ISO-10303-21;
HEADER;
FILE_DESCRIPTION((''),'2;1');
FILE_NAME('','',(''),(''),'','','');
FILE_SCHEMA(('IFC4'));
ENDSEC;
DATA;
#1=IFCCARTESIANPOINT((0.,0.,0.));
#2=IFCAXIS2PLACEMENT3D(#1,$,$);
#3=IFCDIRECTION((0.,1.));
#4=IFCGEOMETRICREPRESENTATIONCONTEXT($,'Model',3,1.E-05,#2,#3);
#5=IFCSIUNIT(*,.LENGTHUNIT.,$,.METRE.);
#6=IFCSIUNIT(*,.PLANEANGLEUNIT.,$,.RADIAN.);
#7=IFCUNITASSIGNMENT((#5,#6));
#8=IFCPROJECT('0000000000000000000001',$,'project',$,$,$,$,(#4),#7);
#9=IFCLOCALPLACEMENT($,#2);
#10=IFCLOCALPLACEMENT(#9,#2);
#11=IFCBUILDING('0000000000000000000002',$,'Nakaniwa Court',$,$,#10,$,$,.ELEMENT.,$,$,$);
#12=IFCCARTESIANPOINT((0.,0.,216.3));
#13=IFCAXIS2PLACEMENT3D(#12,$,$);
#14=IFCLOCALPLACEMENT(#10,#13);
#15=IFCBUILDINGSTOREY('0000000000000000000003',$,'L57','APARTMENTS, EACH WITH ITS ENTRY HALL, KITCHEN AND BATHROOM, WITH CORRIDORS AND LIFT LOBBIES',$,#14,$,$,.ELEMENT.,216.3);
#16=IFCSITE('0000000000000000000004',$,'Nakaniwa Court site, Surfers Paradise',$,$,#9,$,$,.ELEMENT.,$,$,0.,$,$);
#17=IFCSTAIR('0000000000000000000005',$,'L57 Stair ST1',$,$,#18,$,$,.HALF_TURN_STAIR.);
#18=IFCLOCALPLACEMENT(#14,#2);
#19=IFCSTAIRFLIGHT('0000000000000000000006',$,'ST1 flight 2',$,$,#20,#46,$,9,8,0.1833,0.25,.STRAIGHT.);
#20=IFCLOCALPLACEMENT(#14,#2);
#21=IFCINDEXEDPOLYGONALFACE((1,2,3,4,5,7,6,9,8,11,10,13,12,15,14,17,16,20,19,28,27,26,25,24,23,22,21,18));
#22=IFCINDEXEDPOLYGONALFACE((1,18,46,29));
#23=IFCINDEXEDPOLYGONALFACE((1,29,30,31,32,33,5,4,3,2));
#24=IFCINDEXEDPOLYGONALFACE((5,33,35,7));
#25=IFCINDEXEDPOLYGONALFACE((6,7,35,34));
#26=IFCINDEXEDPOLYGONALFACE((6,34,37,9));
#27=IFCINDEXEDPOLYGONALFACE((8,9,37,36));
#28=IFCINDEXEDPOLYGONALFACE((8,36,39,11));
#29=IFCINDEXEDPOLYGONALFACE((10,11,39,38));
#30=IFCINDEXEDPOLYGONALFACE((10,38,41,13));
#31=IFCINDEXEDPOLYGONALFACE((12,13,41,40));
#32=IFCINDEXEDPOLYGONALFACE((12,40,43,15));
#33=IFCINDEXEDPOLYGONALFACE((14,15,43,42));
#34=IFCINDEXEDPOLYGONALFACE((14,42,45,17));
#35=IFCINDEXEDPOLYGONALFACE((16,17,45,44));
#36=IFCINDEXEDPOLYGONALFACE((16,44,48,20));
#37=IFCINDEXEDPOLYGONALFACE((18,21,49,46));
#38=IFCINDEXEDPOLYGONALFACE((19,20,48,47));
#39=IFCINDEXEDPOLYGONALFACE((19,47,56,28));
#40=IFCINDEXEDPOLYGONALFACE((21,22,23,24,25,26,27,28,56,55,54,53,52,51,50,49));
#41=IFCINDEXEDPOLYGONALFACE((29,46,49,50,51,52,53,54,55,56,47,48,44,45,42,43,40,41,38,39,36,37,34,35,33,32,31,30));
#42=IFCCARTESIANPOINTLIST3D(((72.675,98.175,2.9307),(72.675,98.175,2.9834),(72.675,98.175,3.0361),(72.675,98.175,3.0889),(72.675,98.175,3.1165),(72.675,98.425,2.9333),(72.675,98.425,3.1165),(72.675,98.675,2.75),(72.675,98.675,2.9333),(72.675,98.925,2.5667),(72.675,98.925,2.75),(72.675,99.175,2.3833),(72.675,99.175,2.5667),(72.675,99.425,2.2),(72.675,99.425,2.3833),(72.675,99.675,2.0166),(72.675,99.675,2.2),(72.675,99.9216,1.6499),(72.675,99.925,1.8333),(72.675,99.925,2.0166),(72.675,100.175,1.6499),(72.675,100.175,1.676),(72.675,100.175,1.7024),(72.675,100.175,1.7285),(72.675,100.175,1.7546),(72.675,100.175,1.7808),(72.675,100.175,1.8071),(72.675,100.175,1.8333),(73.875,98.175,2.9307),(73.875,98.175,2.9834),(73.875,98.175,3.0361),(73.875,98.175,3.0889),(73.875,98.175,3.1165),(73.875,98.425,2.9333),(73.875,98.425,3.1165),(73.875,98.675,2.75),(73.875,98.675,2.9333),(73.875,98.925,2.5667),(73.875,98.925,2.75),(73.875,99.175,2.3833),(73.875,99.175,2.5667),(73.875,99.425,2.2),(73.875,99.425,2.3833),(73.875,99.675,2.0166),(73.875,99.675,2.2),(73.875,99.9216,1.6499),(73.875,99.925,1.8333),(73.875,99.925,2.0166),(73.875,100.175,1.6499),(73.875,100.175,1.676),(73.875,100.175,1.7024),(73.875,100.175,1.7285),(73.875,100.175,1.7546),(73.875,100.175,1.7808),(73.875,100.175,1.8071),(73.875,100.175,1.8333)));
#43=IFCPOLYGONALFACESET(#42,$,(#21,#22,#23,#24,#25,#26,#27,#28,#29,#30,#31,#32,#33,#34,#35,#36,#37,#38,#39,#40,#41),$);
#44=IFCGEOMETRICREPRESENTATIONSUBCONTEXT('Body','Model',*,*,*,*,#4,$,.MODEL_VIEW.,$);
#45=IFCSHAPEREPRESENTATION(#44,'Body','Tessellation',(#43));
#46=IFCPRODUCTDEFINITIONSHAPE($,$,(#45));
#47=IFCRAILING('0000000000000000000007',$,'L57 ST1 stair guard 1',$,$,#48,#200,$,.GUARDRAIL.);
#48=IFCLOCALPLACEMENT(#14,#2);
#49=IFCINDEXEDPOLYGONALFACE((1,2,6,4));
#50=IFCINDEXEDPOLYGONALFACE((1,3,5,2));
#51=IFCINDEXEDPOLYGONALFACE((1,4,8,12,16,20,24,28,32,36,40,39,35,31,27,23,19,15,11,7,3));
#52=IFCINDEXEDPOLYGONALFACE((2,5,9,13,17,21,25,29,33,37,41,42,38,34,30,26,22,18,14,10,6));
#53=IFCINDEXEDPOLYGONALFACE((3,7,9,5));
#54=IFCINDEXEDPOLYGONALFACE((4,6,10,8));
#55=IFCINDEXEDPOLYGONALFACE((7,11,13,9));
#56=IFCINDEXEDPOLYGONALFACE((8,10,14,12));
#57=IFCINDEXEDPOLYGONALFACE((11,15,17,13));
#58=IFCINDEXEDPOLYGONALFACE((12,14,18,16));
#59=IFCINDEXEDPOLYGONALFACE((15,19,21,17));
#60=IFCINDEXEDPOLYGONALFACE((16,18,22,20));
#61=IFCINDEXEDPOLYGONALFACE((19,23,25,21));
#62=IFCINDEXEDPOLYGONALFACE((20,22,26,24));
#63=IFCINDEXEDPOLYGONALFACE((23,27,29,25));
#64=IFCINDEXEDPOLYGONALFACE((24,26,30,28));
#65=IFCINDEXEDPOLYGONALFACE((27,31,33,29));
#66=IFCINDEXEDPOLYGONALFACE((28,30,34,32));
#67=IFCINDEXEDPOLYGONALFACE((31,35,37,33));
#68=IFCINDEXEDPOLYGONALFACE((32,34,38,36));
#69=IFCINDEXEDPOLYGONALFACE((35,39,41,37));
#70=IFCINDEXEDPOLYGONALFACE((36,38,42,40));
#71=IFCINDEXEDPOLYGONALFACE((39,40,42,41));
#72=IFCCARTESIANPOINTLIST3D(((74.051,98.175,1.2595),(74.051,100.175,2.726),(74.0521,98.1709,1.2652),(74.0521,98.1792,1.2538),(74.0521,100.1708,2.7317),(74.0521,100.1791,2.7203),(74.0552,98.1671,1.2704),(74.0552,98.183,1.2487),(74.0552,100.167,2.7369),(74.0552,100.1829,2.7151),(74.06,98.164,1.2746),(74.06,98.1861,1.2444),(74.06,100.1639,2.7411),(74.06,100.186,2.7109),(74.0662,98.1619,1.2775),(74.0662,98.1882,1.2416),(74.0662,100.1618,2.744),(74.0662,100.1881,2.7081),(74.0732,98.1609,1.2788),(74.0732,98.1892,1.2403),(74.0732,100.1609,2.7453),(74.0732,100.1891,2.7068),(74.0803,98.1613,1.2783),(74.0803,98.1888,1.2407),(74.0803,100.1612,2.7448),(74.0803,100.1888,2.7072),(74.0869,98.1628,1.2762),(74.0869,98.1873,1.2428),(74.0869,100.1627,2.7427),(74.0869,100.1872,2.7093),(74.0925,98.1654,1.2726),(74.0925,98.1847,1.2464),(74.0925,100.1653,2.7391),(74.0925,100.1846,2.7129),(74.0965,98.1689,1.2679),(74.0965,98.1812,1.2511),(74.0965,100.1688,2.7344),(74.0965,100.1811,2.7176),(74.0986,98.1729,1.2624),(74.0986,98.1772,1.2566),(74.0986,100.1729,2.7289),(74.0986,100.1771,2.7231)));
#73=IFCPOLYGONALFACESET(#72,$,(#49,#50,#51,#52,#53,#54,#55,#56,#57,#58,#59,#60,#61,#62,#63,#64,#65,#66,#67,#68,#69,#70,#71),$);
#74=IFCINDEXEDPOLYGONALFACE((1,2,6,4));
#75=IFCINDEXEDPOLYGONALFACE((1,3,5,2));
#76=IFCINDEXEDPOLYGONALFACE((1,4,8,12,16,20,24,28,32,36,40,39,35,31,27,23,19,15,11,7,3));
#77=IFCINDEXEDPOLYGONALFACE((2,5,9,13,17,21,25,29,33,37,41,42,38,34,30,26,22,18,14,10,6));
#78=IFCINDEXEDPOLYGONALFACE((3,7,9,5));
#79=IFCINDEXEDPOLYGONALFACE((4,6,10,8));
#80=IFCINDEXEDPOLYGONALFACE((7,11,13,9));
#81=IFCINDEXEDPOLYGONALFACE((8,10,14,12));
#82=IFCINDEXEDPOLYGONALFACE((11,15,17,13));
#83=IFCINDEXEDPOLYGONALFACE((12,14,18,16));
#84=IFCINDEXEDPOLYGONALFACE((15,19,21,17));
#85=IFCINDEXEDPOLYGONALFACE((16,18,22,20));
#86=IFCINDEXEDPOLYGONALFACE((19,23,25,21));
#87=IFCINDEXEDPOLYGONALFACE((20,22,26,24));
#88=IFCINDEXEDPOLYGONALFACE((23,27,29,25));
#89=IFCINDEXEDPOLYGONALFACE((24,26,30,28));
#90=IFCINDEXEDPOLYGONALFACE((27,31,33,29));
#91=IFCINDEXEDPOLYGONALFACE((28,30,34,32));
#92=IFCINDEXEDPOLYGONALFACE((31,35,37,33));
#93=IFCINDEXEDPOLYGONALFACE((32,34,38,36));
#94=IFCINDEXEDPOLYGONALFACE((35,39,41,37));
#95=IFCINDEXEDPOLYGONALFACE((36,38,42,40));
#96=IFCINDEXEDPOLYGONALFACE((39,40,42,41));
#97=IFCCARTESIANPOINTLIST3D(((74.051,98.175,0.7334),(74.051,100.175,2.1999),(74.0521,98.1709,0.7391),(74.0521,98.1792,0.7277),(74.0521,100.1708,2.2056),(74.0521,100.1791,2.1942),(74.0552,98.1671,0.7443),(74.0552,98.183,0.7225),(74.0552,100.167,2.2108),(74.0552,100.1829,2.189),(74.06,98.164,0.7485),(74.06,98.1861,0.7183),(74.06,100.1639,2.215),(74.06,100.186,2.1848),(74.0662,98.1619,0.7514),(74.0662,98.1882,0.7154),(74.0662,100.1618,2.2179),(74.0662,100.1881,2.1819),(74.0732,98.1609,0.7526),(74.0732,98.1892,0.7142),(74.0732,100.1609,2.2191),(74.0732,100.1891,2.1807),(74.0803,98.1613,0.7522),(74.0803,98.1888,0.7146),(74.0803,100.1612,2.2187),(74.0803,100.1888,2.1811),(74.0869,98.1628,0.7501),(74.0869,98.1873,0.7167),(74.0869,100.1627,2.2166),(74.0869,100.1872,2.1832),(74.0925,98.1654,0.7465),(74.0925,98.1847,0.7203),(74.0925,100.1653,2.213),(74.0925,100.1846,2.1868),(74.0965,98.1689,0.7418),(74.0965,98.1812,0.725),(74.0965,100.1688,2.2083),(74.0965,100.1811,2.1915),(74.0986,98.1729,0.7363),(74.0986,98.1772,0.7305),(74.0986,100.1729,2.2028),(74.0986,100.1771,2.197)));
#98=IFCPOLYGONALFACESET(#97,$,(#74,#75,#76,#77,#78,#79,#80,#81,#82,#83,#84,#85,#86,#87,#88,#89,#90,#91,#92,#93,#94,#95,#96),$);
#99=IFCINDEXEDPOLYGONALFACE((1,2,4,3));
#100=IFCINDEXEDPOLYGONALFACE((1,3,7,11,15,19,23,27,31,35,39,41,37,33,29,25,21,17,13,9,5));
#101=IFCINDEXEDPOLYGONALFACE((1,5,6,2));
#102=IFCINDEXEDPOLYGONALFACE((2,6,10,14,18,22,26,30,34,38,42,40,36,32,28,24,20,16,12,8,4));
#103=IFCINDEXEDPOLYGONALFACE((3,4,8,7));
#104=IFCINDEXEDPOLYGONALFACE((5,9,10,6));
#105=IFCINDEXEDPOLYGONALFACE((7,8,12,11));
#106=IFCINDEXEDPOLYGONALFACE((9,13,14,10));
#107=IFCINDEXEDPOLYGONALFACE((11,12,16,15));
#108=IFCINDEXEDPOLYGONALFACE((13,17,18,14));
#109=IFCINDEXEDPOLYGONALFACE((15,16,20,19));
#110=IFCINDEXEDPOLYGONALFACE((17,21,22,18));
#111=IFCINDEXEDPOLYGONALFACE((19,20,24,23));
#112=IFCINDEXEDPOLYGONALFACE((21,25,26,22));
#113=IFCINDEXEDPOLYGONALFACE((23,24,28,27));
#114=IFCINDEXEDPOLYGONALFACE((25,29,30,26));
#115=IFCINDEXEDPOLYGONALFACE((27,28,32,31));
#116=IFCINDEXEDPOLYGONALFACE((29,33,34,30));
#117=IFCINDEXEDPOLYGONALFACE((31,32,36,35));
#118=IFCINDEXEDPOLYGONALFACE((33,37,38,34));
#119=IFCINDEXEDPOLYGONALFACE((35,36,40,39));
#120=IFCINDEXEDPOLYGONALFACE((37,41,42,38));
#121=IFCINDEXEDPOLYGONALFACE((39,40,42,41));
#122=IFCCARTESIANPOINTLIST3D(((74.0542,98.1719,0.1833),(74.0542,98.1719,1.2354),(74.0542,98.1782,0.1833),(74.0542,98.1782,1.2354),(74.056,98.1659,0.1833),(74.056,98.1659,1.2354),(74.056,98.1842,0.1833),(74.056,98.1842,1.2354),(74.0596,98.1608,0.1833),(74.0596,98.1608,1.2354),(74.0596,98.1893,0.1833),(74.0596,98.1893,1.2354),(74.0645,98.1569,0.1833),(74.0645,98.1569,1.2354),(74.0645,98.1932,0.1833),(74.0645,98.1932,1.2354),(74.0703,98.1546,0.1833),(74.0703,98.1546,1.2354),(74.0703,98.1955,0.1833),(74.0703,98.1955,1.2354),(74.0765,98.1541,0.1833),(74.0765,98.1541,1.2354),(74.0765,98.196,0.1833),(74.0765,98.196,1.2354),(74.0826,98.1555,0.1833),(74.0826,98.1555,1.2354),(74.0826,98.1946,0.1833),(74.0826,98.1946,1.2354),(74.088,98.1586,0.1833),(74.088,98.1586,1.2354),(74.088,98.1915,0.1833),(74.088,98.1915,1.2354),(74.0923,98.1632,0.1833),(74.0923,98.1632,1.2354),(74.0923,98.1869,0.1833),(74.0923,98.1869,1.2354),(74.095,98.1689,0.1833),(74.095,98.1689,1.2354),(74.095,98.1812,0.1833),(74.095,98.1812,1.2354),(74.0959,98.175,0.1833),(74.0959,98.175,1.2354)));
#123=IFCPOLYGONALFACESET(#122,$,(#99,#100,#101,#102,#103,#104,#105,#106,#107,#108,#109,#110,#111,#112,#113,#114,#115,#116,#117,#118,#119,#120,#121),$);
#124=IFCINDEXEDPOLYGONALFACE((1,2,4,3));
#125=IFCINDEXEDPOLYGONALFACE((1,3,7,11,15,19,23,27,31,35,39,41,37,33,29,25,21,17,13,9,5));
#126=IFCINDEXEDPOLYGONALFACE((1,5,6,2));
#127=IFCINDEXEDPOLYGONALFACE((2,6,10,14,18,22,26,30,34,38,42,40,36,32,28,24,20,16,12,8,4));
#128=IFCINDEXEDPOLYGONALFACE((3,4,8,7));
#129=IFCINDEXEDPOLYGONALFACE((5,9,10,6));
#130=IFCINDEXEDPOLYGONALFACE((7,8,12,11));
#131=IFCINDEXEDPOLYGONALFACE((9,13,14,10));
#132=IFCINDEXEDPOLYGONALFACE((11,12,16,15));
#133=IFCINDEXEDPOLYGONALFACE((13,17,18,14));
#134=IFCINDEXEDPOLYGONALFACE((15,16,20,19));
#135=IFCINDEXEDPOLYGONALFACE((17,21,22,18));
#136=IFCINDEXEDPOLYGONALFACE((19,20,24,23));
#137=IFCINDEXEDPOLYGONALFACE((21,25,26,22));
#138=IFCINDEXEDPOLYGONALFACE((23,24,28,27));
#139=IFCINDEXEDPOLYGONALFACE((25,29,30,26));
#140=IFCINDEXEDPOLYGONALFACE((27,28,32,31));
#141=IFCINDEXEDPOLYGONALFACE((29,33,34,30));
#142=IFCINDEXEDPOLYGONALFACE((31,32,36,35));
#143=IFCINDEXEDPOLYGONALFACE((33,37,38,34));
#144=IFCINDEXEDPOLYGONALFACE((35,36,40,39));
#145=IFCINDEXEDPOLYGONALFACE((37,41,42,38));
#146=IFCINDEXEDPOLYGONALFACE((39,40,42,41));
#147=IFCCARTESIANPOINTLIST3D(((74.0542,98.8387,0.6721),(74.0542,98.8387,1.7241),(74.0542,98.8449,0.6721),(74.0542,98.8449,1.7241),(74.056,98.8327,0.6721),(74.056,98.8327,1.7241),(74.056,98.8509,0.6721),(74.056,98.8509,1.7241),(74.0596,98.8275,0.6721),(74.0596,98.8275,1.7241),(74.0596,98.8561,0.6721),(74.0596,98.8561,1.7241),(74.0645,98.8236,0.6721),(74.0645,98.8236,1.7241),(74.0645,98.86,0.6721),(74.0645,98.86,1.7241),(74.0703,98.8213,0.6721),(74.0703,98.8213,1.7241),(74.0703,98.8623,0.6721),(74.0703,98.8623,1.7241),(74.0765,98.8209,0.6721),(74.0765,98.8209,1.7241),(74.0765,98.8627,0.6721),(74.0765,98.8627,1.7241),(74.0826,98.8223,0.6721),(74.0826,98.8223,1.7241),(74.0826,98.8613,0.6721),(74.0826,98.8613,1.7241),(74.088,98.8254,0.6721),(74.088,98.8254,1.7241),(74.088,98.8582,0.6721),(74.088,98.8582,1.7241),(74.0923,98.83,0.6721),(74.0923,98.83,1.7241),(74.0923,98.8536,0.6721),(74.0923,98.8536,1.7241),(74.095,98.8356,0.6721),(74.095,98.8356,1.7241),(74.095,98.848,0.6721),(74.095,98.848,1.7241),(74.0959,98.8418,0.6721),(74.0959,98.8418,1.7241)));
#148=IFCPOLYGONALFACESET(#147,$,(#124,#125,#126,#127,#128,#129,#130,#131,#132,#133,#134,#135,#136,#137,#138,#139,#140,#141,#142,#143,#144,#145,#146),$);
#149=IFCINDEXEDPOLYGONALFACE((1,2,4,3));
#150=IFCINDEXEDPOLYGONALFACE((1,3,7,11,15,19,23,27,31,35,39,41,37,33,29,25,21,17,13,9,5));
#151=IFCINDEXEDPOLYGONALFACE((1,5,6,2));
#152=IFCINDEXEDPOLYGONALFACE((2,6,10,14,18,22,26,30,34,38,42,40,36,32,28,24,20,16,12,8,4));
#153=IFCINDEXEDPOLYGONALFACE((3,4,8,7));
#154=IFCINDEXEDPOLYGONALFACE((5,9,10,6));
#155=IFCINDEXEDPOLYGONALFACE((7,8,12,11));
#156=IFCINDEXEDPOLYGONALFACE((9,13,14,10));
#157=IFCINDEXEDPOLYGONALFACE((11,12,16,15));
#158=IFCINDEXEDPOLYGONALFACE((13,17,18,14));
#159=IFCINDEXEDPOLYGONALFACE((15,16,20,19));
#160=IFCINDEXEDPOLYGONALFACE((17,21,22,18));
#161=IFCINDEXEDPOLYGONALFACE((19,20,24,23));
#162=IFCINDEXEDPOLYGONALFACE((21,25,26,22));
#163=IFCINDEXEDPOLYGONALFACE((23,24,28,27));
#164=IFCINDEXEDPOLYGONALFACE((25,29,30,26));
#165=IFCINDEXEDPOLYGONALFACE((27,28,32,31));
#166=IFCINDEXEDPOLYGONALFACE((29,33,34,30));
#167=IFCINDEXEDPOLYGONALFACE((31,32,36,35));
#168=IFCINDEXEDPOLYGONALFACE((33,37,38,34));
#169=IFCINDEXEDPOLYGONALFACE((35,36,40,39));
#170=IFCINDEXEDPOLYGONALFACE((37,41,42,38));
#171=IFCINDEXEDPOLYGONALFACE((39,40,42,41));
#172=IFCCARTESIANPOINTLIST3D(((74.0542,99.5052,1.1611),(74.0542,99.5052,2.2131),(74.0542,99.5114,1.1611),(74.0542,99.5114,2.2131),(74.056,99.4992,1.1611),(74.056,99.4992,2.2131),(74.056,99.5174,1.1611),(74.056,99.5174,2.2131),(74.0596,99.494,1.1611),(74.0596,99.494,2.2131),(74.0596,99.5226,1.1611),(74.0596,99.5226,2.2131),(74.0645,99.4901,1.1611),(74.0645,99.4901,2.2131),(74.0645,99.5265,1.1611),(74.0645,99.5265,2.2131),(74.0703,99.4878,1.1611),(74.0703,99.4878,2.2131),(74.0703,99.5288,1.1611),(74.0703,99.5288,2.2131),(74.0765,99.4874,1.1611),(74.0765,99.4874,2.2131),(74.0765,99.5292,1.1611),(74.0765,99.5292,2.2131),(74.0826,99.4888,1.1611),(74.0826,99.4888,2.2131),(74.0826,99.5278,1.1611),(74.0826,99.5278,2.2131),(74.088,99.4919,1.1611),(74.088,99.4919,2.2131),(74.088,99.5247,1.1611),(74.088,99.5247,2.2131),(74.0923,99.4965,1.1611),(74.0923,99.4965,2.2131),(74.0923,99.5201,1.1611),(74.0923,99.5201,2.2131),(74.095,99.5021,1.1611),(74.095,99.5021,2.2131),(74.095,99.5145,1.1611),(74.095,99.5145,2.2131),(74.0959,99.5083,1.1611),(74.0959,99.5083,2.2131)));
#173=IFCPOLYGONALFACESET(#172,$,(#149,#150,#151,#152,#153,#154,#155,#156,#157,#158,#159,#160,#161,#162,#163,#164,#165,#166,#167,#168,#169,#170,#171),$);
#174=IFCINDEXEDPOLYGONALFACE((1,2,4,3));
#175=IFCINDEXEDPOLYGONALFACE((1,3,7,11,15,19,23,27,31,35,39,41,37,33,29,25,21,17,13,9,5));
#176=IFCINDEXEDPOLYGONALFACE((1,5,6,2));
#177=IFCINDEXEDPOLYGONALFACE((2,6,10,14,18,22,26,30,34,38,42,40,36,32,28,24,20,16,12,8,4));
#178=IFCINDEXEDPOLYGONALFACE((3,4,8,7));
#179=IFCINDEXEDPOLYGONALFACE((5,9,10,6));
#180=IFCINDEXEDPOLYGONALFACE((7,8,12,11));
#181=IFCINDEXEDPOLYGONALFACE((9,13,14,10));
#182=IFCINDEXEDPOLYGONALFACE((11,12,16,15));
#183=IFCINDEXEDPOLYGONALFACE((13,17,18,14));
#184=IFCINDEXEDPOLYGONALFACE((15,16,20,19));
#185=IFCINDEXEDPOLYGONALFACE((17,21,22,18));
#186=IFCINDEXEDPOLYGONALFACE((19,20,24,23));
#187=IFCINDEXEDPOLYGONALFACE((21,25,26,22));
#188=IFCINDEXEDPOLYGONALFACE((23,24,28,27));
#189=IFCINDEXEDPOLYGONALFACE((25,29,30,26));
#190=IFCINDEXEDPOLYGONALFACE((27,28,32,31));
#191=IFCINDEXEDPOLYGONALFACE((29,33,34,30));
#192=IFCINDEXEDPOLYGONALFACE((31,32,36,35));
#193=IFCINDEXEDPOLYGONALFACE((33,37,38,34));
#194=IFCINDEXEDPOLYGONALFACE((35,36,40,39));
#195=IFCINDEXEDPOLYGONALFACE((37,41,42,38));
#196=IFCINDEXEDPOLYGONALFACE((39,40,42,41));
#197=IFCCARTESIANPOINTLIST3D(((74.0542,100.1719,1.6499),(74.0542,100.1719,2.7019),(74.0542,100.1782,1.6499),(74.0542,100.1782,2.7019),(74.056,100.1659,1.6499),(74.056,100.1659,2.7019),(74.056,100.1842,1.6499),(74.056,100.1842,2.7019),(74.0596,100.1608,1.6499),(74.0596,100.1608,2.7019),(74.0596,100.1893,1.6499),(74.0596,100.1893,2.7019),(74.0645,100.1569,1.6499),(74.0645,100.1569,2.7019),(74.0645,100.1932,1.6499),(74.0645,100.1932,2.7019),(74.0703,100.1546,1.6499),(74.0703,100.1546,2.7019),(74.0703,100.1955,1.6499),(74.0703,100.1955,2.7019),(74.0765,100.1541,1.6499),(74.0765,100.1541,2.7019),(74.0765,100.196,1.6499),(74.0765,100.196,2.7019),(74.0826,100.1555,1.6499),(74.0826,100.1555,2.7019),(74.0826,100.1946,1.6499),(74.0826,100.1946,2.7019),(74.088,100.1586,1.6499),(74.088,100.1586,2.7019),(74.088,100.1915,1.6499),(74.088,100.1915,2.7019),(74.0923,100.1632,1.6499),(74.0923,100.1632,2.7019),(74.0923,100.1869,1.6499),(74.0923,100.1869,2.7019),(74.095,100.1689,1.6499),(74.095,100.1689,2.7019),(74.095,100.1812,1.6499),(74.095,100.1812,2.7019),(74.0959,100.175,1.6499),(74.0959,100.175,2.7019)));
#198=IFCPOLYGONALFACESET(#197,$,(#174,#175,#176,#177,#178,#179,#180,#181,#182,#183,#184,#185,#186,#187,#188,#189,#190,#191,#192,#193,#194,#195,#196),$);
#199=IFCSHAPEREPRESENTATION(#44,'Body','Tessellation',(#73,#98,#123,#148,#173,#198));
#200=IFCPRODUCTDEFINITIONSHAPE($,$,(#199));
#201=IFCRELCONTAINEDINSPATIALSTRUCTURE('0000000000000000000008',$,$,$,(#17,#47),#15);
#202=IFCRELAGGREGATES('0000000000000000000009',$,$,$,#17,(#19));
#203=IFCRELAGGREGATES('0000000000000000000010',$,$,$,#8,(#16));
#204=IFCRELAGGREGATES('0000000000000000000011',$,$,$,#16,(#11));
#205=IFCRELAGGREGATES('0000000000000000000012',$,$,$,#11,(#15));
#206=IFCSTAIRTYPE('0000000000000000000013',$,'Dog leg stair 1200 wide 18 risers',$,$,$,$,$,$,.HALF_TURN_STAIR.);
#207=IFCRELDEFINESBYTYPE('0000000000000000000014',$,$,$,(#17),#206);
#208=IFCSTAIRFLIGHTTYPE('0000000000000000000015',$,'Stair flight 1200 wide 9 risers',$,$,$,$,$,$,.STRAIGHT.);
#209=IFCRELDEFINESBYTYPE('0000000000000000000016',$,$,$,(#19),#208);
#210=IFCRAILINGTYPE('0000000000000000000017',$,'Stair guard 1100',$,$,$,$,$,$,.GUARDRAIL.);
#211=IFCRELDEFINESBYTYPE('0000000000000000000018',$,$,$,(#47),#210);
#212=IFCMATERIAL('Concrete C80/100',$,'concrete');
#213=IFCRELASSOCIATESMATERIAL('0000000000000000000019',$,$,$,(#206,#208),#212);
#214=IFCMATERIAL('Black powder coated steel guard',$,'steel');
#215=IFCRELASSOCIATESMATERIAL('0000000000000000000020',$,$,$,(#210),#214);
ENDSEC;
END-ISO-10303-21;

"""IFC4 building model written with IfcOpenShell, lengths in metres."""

from ifc_helpers import new_model, si_unit, direction, frame, origin, origin_2d, place, context, subcontext, project, spatial, polyline, circle, outline, extrude, material, type_object, element, aggregate, save


model = new_model("IFC4")

# Units and contexts
model_context = context("Model", 3, precision=1e-05, world=origin(), true_north=direction((0.0, 1.0)))
body_context = subcontext(model_context, "Body", "Model", "MODEL_VIEW")
ifc_project = project(units=[si_unit("LENGTHUNIT", "METRE"), si_unit("PLANEANGLEUNIT", "RADIAN")], contexts=[model_context])

# Site, building, storey
site_placement = place(None, origin())
site = spatial("IfcSite", under=ifc_project, at=site_placement, Name="Nakaniwa Court site, Surfers Paradise", CompositionType="ELEMENT", RefElevation=0.0)
building_placement = place(site_placement, origin())
building = spatial("IfcBuilding", under=site, at=building_placement, Name="Nakaniwa Court", CompositionType="ELEMENT")
storey_placement = place(building_placement, frame((0.0, 0.0, 216.3)))
storey = spatial("IfcBuildingStorey", under=building, at=storey_placement, Name="L57", Description="APARTMENTS, EACH WITH ITS ENTRY HALL, KITCHEN AND BATHROOM, WITH CORRIDORS AND LIFT LOBBIES", CompositionType="ELEMENT", Elevation=216.3)

# Shared definitions
ifc_material_1 = material(Name="Concrete C80/100", Category="concrete")

# Stair, stair flight
stair_type = type_object("IfcStairType", Name="Dog leg stair 1200 wide 18 risers", PredefinedType="HALF_TURN_STAIR", material=ifc_material_1)
stair_placement = place(storey_placement, origin())
stair = element("IfcStair", 1, at=stair_placement, inside=storey, type_object=stair_type, Name="L57 Stair ST1", PredefinedType="HALF_TURN_STAIR")
stair_flight_type = type_object("IfcStairFlightType", Name="Stair flight 1200 wide 9 risers", PredefinedType="STRAIGHT", material=ifc_material_1)
stair_flight_1_placement = place(storey_placement, frame((73.2749, 100.175, 1.6499), z_axis=(0.0, 0.0, 1.0), x_axis=(0.0, -1.0, 0.0)))
stair_flight_1 = element("IfcStairFlight", 2, at=stair_flight_1_placement, type_object=stair_flight_type, Name="ST1 flight 2", NumberOfRisers=9, NumberOfTreads=8, PredefinedType="STRAIGHT", RiserHeight=0.1833, TreadLength=0.25, context=body_context, shape_type="SweptSolid", body=[
    extrude(outline(polyline([(0.0, 0.0), (0.0, 0.0261), (0.0, 0.0525), (0.0, 0.0786), (0.0, 0.1047), (0.0, 0.1309), (0.0, 0.1572), (0.0, 0.1833), (0.25, 0.1833), (0.25, 0.3667), (0.5, 0.3667), (0.5, 0.55), (0.75, 0.55), (0.75, 0.7334), (1.0, 0.7334), (1.0, 0.9167), (1.25, 0.9167), (1.25, 1.1001), (1.5, 1.1001), (1.5, 1.2834), (1.75, 1.2834), (1.75, 1.4666), (2.0, 1.4666), (2.0, 1.6499), (2.0, 1.5972), (2.0, 1.5444), (2.0, 1.4917), (2.0, 1.439), (2.0, 1.3862), (2.0, 1.3335), (2.0, 1.2808), (0.2534, 0.0), (0.0, 0.0)])), frame((0.0, 0.6001, 0.0), z_axis=(0.0, -1.0, 0.0), x_axis=(1.0, 0.0, 0.0)), (0.0, 0.0, 1.0), 1.2),
])
aggregate(stair, [stair_flight_1])

# Railing
ifc_material_2 = material(Name="Black powder coated steel guard", Category="steel")
railing_type_1 = type_object("IfcRailingType", Name="Stair guard 1100", PredefinedType="GUARDRAIL", material=ifc_material_2)
railing_1_placement = place(storey_placement, frame((74.075, 98.175, 0.1833)))
element("IfcRailing", 3, at=railing_1_placement, inside=storey, type_object=railing_type_1, Name="L57 ST1 stair guard 1", PredefinedType="GUARDRAIL", context=body_context, shape_type="SweptSolid", body=[
    extrude(circle(Radius=0.0239, at=origin_2d()), frame((0.0, 0.0, 1.0762), z_axis=(0.0, 0.806427, 0.591334), x_axis=(-1.0, 0.0, 0.0)), (0.0, 0.0, 1.0), 2.48),
    extrude(circle(Radius=0.0239, at=origin_2d()), frame((0.0, 0.0, 0.55), z_axis=(0.0, 0.806427, 0.591334), x_axis=(-1.0, 0.0, 0.0)), (0.0, 0.0, 1.0), 2.48),
    extrude(circle(Radius=0.021, at=origin_2d()), origin(), (0.0, 0.0, 1.0), 1.052),
    extrude(circle(Radius=0.021, at=origin_2d()), frame((0.0, 0.6667, 0.4888)), (0.0, 0.0, 1.0), 1.052),
    extrude(circle(Radius=0.021, at=origin_2d()), frame((0.0, 1.3333, 0.9778)), (0.0, 0.0, 1.0), 1.052),
    extrude(circle(Radius=0.021, at=origin_2d()), frame((0.0, 2.0, 1.4666)), (0.0, 0.0, 1.0), 1.052),
])

save(model, "model.ifc")
